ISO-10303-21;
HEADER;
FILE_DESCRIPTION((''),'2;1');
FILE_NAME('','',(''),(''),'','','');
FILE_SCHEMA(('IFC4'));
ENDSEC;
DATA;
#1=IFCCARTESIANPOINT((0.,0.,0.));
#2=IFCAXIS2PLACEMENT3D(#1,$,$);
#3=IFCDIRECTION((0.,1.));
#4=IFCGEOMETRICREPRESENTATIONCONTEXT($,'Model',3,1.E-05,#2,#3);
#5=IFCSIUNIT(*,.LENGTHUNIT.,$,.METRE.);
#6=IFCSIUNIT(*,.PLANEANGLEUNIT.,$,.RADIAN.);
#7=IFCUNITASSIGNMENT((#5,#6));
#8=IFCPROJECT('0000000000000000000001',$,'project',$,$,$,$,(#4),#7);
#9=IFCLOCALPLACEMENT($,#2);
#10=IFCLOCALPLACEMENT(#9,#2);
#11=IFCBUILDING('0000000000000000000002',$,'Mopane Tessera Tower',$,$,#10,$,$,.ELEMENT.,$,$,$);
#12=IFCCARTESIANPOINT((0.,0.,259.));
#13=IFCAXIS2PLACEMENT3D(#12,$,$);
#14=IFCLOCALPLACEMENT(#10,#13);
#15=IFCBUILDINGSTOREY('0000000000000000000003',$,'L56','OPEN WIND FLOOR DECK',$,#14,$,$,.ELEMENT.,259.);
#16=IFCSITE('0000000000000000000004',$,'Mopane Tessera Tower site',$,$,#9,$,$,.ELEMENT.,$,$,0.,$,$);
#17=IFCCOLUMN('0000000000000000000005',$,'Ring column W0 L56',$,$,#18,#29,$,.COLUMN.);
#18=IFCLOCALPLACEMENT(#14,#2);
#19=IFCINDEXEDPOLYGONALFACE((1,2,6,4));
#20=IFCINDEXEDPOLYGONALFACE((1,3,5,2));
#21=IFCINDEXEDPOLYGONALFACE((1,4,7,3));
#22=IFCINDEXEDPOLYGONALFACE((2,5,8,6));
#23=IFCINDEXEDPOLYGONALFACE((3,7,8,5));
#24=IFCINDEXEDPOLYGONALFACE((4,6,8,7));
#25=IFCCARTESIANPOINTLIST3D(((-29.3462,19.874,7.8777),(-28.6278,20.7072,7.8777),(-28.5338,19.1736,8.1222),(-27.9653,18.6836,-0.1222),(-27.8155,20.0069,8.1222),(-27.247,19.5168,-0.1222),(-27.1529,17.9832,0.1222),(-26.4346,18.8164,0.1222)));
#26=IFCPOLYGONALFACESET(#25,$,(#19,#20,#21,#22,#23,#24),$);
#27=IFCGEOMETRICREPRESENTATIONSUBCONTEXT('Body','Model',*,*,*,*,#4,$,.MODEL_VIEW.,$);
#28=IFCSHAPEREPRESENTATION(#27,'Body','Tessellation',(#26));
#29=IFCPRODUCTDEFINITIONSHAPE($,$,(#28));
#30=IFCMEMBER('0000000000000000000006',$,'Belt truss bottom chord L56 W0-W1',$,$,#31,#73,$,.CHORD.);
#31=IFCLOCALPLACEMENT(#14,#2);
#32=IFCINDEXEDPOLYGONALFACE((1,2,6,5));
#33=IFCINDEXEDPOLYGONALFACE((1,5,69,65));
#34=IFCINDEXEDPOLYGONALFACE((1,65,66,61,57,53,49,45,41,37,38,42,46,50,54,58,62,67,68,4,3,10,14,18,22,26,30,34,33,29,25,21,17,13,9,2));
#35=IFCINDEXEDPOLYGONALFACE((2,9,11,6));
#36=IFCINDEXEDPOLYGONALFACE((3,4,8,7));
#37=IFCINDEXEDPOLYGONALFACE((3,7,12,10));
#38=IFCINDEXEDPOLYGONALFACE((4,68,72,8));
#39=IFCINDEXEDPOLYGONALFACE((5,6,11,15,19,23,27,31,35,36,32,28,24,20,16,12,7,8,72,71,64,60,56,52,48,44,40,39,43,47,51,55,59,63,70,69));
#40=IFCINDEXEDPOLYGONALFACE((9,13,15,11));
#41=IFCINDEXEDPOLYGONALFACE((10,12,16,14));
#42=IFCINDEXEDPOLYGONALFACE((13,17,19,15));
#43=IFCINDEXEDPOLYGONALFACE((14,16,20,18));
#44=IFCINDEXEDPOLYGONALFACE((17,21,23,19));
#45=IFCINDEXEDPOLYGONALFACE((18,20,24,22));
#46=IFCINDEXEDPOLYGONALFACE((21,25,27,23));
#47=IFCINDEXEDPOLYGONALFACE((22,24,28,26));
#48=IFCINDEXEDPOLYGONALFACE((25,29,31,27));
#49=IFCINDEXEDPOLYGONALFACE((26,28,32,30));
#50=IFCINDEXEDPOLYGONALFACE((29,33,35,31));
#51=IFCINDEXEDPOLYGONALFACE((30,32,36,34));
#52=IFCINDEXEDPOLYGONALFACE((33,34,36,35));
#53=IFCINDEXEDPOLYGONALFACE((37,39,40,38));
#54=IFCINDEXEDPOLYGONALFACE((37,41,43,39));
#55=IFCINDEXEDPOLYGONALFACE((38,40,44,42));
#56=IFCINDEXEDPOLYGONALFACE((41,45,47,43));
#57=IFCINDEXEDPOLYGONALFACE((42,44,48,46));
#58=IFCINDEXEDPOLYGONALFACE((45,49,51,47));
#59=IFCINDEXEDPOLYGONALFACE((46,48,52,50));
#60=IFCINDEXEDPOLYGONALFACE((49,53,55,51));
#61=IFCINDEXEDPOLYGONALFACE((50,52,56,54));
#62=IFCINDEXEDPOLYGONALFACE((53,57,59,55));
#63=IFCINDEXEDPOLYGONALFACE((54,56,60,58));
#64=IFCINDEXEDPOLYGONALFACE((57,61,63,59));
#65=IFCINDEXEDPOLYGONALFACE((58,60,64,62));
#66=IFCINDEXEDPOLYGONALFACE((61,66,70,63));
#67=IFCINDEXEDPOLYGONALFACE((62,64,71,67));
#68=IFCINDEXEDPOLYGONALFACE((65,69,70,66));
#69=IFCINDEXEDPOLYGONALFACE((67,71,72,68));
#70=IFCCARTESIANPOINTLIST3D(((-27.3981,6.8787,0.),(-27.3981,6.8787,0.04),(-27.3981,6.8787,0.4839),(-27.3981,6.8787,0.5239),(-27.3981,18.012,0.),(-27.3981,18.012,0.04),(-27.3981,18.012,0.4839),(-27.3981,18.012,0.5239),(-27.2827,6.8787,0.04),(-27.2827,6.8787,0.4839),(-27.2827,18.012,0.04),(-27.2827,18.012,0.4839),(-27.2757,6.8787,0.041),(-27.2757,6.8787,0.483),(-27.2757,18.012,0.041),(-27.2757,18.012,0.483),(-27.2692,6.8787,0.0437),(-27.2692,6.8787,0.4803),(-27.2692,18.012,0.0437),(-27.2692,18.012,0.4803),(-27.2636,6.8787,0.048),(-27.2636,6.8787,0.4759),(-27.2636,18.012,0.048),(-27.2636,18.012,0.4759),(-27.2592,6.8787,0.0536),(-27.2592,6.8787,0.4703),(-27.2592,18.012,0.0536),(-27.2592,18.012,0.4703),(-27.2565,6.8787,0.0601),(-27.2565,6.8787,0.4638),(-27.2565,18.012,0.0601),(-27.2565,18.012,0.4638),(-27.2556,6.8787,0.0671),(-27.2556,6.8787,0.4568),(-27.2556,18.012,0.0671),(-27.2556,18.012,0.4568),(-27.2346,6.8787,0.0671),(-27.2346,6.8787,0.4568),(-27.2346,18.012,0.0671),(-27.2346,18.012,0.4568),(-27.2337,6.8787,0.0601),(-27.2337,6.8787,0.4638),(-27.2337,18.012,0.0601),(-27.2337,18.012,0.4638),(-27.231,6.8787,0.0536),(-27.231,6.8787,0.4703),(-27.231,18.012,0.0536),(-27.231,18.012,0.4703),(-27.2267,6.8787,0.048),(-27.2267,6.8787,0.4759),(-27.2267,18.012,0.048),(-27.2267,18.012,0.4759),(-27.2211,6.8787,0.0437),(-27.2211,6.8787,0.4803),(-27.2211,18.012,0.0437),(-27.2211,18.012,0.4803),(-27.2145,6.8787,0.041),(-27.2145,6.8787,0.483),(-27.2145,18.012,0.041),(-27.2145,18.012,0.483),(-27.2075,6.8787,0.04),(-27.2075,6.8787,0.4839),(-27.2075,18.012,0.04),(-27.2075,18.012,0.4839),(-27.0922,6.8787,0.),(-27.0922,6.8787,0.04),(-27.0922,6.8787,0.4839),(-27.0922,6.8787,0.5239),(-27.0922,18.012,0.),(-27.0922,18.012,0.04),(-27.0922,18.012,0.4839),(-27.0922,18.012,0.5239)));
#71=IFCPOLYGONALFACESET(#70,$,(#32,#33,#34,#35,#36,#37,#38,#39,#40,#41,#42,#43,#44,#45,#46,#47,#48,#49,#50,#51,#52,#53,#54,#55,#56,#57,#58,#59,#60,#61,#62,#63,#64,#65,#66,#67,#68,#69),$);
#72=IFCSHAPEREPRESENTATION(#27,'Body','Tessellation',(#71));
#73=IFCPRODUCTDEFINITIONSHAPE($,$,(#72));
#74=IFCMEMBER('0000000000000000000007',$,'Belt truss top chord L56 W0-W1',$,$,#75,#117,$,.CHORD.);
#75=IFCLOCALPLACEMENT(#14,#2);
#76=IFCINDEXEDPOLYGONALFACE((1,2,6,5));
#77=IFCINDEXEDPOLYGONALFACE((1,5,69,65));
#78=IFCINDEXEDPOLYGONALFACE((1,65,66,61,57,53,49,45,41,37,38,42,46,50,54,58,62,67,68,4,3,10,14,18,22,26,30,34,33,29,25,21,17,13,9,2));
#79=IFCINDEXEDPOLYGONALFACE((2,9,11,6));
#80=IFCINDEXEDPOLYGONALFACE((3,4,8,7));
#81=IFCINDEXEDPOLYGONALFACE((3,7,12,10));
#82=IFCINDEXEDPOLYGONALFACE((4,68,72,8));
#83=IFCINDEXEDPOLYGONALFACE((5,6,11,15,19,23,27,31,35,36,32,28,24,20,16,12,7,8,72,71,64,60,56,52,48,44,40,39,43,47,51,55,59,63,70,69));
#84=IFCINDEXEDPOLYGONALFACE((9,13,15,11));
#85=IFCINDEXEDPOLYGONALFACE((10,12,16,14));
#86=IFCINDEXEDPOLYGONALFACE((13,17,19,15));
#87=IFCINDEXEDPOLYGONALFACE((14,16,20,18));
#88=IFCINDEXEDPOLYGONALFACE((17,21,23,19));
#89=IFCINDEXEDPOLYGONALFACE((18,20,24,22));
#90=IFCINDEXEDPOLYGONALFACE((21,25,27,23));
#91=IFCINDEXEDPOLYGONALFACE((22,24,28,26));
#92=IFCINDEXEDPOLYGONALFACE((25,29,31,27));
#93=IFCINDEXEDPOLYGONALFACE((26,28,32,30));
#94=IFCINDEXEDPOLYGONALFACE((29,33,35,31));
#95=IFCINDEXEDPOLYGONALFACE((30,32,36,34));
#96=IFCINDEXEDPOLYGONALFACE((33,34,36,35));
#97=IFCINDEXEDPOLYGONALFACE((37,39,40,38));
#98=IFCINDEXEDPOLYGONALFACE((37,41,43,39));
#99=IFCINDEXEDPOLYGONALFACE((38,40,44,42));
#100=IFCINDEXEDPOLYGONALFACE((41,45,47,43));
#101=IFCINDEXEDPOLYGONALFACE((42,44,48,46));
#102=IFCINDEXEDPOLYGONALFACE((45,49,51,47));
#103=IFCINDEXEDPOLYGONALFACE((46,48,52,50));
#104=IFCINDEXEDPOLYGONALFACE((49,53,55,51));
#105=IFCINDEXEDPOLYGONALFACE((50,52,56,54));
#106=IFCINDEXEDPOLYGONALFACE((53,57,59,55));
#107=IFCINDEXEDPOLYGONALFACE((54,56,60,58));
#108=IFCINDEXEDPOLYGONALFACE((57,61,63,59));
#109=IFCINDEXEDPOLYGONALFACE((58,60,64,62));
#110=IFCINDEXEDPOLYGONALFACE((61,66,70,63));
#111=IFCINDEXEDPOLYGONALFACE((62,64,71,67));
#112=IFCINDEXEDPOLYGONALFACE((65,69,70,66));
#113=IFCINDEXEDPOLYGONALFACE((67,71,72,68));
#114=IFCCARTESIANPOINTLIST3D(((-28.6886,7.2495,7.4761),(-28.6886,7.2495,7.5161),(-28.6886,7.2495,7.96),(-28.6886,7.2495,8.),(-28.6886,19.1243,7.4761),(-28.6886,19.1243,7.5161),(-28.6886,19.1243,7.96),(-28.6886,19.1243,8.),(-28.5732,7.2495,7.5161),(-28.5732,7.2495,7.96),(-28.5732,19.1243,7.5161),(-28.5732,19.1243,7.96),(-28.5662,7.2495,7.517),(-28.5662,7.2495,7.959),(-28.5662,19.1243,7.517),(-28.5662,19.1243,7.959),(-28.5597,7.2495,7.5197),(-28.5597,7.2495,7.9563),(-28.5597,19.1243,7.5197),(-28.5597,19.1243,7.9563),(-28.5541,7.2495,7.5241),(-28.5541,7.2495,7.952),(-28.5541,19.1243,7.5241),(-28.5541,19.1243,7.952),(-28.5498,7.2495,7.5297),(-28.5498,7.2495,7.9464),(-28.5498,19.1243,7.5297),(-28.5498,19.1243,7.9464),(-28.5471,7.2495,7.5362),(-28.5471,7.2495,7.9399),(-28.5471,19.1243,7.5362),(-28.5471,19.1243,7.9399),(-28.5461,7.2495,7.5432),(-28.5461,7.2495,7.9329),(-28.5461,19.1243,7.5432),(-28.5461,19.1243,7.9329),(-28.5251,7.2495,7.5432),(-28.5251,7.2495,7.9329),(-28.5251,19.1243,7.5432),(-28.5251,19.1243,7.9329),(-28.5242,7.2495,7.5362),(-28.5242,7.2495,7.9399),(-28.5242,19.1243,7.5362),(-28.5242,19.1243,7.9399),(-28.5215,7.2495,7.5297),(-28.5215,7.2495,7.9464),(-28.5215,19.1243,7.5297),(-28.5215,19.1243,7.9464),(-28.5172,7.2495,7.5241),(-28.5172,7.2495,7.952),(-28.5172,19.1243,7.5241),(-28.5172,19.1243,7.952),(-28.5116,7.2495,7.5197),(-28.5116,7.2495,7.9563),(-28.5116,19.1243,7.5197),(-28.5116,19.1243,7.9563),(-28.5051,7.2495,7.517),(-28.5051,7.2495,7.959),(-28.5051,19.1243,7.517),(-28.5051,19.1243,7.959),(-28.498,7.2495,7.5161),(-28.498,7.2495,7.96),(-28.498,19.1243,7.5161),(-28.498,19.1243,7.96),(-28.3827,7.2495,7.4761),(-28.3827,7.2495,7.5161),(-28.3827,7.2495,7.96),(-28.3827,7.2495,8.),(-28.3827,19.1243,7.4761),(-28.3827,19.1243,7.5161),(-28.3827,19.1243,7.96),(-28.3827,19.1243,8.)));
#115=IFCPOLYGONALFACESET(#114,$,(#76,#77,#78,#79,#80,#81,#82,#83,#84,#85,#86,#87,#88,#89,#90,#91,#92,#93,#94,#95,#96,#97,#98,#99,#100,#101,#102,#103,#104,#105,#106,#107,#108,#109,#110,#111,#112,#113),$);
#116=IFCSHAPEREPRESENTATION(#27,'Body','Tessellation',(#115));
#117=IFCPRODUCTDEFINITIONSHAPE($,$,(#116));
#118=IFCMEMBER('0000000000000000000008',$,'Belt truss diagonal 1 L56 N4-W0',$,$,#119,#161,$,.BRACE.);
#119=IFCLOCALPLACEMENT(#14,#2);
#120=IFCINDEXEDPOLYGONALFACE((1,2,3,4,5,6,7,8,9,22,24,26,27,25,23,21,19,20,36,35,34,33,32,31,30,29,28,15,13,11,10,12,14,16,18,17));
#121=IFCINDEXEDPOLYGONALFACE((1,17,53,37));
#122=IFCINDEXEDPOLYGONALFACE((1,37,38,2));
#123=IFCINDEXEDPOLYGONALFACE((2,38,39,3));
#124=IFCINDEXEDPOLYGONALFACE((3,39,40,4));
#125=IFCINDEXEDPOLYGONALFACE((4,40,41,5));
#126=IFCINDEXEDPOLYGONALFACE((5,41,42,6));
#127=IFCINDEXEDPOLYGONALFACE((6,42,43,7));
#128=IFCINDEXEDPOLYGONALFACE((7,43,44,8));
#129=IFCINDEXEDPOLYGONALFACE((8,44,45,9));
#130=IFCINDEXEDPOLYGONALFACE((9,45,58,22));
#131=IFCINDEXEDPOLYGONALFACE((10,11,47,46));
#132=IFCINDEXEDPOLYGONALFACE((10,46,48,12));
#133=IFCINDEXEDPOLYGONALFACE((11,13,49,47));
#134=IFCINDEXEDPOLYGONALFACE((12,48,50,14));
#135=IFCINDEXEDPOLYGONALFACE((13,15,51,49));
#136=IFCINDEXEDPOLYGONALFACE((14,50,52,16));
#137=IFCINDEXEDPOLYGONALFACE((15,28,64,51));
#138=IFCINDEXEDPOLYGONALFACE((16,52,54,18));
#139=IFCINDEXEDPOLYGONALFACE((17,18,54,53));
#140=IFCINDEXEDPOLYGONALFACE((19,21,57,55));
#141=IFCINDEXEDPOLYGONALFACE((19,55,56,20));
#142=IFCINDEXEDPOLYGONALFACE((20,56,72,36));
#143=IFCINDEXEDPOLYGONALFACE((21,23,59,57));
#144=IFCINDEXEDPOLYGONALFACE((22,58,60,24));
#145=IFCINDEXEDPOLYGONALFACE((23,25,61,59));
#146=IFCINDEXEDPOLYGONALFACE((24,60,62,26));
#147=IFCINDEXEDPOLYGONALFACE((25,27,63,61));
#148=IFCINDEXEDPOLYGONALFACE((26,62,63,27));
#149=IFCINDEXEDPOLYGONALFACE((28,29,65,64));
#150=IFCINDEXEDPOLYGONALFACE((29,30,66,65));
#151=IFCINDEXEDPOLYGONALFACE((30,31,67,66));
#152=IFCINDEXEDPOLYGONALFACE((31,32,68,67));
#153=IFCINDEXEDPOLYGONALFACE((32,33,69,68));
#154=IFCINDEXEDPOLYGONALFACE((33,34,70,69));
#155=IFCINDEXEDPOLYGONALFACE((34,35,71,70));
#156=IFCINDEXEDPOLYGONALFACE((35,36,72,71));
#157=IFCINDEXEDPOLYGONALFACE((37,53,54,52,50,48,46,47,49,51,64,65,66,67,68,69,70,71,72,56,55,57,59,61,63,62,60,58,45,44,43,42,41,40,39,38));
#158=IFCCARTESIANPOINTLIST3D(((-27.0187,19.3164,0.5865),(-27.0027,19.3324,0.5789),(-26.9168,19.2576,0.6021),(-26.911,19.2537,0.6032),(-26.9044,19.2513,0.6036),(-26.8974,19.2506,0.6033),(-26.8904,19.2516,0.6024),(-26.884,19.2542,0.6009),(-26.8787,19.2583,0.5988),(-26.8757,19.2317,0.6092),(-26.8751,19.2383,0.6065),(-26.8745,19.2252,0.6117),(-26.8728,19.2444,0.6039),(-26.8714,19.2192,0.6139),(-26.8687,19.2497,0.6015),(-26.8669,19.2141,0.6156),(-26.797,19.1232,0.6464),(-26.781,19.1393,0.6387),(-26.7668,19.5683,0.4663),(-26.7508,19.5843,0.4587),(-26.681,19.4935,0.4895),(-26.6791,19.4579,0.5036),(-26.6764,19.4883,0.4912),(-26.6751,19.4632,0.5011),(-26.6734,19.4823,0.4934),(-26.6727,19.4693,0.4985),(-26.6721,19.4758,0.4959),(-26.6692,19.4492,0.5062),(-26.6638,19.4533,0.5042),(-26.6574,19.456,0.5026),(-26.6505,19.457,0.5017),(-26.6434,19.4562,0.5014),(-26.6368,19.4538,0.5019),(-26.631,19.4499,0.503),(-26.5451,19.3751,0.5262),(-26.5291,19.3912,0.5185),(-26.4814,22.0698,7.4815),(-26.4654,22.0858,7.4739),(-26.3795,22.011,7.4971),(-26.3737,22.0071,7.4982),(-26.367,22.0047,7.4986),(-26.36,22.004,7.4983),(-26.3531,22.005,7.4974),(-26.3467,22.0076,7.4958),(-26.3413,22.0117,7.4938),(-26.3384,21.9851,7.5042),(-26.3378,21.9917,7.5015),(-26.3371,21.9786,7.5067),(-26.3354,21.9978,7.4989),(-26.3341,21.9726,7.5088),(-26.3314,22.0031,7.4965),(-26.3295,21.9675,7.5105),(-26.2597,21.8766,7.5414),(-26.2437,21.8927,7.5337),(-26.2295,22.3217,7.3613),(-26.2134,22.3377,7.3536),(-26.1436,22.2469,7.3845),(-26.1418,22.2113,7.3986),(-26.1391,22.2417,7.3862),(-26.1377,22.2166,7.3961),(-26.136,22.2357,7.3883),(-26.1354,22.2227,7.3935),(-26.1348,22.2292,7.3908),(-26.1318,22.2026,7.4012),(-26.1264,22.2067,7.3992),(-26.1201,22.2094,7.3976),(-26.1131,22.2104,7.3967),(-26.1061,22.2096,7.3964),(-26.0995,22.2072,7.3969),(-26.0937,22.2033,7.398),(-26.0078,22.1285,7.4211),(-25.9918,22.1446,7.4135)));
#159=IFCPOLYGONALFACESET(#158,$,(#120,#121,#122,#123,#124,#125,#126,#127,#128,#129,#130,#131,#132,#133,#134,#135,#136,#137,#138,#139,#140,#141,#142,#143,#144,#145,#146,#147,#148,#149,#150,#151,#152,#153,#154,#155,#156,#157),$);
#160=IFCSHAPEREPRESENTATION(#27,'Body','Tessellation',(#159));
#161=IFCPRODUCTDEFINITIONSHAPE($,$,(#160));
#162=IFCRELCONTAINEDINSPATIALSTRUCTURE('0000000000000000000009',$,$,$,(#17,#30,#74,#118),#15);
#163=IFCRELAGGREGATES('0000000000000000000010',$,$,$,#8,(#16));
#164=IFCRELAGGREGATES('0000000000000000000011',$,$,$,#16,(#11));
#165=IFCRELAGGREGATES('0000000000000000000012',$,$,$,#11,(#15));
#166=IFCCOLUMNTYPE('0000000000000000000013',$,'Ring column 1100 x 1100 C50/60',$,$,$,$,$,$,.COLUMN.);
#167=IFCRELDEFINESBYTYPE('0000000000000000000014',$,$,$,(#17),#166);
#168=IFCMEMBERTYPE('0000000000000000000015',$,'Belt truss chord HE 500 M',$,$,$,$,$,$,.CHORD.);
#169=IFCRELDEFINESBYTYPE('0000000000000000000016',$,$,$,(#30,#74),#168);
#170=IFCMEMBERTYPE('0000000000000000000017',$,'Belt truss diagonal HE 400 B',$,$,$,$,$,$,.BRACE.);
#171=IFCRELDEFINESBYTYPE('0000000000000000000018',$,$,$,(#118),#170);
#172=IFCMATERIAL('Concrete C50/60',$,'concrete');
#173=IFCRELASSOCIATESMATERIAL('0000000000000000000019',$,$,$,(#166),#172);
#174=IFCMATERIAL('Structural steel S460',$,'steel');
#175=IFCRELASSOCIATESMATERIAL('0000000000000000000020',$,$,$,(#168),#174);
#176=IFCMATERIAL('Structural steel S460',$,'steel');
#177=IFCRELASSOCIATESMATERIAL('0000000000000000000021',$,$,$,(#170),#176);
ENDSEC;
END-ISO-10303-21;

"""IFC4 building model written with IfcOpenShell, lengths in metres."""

from ifc_helpers import new_model, si_unit, direction, frame, origin, origin_2d, place, context, subcontext, project, spatial, rectangle, i_section, extrude, material, material_profile, profile_set, type_object, element, save


model = new_model("IFC4")

# Units and contexts
model_context = context("Model", 3, precision=1e-05, world=origin(), true_north=direction((0.0, 1.0)))
body_context = subcontext(model_context, "Body", "Model", "MODEL_VIEW")
ifc_project = project(units=[si_unit("LENGTHUNIT", "METRE"), si_unit("PLANEANGLEUNIT", "RADIAN")], contexts=[model_context])

# Site, building, storey
site_placement = place(None, origin())
site = spatial("IfcSite", under=ifc_project, at=site_placement, Name="Mopane Tessera Tower site", CompositionType="ELEMENT", RefElevation=0.0)
building_placement = place(site_placement, origin())
building = spatial("IfcBuilding", under=site, at=building_placement, Name="Mopane Tessera Tower", CompositionType="ELEMENT")
storey_placement = place(building_placement, frame((0.0, 0.0, 259.0)))
storey = spatial("IfcBuildingStorey", under=building, at=storey_placement, Name="L56", Description="OPEN WIND FLOOR DECK", CompositionType="ELEMENT", Elevation=259.0)

# Column
ifc_material_1 = material(Name="Concrete C50/60", Category="concrete")
ifc_material_profile_1 = material_profile(ifc_material_1, rectangle(XDim=1.1001, YDim=1.1001, at=origin_2d()))
ifc_profile_set_1 = profile_set([ifc_material_profile_1], Name="Concrete C50/60")
column_type = type_object("IfcColumnType", Name="Ring column 1100 x 1100 C50/60", PredefinedType="COLUMN", material=ifc_profile_set_1)
column_placement = place(storey_placement, frame((-27.2, 18.75, 0.0), z_axis=(-0.168293, 0.145084, 0.975002), x_axis=(-0.65295, -0.757401, 0.0)))
element("IfcColumn", 1, at=column_placement, inside=storey, type_object=column_type, Name="Ring column W0 L56", PredefinedType="COLUMN", context=body_context, shape_type="SweptSolid", body=[
    extrude(rectangle(XDim=1.1001, YDim=1.1001, at=origin_2d()), origin(), (0.0, 0.0, 1.0), 8.2051),
])

# Members
ifc_material_2 = material(Name="Structural steel S460", Category="steel")
ifc_material_profile_2 = material_profile(ifc_material_2, i_section(OverallWidth=0.3059, OverallDepth=0.5239, WebThickness=0.021, FlangeThickness=0.04, FilletRadius=0.0271, at=origin_2d()))
ifc_profile_set_2 = profile_set([ifc_material_profile_2], Name="Structural steel S460")
member_type_1 = type_object("IfcMemberType", Name="Belt truss chord HE 500 M", PredefinedType="CHORD", material=ifc_profile_set_2)
member_1_placement = place(storey_placement, frame((-27.2451, 18.012, 0.262), z_axis=(0.0, -1.0, 0.0), x_axis=(1.0, 0.0, 0.0)))
element("IfcMember", 2, at=member_1_placement, inside=storey, type_object=member_type_1, Name="Belt truss bottom chord L56 W0-W1", PredefinedType="CHORD", context=body_context, shape_type="SweptSolid", body=[
    extrude(i_section(OverallWidth=0.3059, OverallDepth=0.5239, WebThickness=0.021, FlangeThickness=0.04, FilletRadius=0.0271, at=origin_2d()), origin(), (0.0, 0.0, 1.0), 11.1333),
])
member_2_placement = place(storey_placement, frame((-28.5356, 19.1243, 7.738), z_axis=(0.0, -1.0, 0.0), x_axis=(1.0, 0.0, 0.0)))
element("IfcMember", 3, at=member_2_placement, inside=storey, type_object=member_type_1, Name="Belt truss top chord L56 W0-W1", PredefinedType="CHORD", context=body_context, shape_type="SweptSolid", body=[
    extrude(i_section(OverallWidth=0.3059, OverallDepth=0.5239, WebThickness=0.021, FlangeThickness=0.04, FilletRadius=0.0271, at=origin_2d()), origin(), (0.0, 0.0, 1.0), 11.8748),
])
ifc_material_3 = material(Name="Structural steel S460", Category="steel")
ifc_material_profile_3 = material_profile(ifc_material_3, i_section(OverallWidth=0.3, OverallDepth=0.3999, WebThickness=0.0134, FlangeThickness=0.0239, FilletRadius=0.0271, at=origin_2d()))
ifc_profile_set_3 = profile_set([ifc_material_profile_3], Name="Structural steel S460")
member_type_2 = type_object("IfcMemberType", Name="Belt truss diagonal HE 400 B", PredefinedType="BRACE", material=ifc_profile_set_3)
member_3_placement = place(storey_placement, frame((-26.2366, 22.1072, 7.4475), z_axis=(-0.072187, -0.36989, -0.926267), x_axis=(0.738837, -0.643687, 0.199466)))
element("IfcMember", 4, at=member_3_placement, inside=storey, type_object=member_type_2, Name="Belt truss diagonal 1 L56 N4-W0", PredefinedType="BRACE", context=body_context, shape_type="SweptSolid", body=[
    extrude(i_section(OverallWidth=0.3, OverallDepth=0.3999, WebThickness=0.0134, FlangeThickness=0.0239, FilletRadius=0.0271, at=origin_2d()), origin(), (0.0, 0.0, 1.0), 7.4438),
])

save(model, "model.ifc")
